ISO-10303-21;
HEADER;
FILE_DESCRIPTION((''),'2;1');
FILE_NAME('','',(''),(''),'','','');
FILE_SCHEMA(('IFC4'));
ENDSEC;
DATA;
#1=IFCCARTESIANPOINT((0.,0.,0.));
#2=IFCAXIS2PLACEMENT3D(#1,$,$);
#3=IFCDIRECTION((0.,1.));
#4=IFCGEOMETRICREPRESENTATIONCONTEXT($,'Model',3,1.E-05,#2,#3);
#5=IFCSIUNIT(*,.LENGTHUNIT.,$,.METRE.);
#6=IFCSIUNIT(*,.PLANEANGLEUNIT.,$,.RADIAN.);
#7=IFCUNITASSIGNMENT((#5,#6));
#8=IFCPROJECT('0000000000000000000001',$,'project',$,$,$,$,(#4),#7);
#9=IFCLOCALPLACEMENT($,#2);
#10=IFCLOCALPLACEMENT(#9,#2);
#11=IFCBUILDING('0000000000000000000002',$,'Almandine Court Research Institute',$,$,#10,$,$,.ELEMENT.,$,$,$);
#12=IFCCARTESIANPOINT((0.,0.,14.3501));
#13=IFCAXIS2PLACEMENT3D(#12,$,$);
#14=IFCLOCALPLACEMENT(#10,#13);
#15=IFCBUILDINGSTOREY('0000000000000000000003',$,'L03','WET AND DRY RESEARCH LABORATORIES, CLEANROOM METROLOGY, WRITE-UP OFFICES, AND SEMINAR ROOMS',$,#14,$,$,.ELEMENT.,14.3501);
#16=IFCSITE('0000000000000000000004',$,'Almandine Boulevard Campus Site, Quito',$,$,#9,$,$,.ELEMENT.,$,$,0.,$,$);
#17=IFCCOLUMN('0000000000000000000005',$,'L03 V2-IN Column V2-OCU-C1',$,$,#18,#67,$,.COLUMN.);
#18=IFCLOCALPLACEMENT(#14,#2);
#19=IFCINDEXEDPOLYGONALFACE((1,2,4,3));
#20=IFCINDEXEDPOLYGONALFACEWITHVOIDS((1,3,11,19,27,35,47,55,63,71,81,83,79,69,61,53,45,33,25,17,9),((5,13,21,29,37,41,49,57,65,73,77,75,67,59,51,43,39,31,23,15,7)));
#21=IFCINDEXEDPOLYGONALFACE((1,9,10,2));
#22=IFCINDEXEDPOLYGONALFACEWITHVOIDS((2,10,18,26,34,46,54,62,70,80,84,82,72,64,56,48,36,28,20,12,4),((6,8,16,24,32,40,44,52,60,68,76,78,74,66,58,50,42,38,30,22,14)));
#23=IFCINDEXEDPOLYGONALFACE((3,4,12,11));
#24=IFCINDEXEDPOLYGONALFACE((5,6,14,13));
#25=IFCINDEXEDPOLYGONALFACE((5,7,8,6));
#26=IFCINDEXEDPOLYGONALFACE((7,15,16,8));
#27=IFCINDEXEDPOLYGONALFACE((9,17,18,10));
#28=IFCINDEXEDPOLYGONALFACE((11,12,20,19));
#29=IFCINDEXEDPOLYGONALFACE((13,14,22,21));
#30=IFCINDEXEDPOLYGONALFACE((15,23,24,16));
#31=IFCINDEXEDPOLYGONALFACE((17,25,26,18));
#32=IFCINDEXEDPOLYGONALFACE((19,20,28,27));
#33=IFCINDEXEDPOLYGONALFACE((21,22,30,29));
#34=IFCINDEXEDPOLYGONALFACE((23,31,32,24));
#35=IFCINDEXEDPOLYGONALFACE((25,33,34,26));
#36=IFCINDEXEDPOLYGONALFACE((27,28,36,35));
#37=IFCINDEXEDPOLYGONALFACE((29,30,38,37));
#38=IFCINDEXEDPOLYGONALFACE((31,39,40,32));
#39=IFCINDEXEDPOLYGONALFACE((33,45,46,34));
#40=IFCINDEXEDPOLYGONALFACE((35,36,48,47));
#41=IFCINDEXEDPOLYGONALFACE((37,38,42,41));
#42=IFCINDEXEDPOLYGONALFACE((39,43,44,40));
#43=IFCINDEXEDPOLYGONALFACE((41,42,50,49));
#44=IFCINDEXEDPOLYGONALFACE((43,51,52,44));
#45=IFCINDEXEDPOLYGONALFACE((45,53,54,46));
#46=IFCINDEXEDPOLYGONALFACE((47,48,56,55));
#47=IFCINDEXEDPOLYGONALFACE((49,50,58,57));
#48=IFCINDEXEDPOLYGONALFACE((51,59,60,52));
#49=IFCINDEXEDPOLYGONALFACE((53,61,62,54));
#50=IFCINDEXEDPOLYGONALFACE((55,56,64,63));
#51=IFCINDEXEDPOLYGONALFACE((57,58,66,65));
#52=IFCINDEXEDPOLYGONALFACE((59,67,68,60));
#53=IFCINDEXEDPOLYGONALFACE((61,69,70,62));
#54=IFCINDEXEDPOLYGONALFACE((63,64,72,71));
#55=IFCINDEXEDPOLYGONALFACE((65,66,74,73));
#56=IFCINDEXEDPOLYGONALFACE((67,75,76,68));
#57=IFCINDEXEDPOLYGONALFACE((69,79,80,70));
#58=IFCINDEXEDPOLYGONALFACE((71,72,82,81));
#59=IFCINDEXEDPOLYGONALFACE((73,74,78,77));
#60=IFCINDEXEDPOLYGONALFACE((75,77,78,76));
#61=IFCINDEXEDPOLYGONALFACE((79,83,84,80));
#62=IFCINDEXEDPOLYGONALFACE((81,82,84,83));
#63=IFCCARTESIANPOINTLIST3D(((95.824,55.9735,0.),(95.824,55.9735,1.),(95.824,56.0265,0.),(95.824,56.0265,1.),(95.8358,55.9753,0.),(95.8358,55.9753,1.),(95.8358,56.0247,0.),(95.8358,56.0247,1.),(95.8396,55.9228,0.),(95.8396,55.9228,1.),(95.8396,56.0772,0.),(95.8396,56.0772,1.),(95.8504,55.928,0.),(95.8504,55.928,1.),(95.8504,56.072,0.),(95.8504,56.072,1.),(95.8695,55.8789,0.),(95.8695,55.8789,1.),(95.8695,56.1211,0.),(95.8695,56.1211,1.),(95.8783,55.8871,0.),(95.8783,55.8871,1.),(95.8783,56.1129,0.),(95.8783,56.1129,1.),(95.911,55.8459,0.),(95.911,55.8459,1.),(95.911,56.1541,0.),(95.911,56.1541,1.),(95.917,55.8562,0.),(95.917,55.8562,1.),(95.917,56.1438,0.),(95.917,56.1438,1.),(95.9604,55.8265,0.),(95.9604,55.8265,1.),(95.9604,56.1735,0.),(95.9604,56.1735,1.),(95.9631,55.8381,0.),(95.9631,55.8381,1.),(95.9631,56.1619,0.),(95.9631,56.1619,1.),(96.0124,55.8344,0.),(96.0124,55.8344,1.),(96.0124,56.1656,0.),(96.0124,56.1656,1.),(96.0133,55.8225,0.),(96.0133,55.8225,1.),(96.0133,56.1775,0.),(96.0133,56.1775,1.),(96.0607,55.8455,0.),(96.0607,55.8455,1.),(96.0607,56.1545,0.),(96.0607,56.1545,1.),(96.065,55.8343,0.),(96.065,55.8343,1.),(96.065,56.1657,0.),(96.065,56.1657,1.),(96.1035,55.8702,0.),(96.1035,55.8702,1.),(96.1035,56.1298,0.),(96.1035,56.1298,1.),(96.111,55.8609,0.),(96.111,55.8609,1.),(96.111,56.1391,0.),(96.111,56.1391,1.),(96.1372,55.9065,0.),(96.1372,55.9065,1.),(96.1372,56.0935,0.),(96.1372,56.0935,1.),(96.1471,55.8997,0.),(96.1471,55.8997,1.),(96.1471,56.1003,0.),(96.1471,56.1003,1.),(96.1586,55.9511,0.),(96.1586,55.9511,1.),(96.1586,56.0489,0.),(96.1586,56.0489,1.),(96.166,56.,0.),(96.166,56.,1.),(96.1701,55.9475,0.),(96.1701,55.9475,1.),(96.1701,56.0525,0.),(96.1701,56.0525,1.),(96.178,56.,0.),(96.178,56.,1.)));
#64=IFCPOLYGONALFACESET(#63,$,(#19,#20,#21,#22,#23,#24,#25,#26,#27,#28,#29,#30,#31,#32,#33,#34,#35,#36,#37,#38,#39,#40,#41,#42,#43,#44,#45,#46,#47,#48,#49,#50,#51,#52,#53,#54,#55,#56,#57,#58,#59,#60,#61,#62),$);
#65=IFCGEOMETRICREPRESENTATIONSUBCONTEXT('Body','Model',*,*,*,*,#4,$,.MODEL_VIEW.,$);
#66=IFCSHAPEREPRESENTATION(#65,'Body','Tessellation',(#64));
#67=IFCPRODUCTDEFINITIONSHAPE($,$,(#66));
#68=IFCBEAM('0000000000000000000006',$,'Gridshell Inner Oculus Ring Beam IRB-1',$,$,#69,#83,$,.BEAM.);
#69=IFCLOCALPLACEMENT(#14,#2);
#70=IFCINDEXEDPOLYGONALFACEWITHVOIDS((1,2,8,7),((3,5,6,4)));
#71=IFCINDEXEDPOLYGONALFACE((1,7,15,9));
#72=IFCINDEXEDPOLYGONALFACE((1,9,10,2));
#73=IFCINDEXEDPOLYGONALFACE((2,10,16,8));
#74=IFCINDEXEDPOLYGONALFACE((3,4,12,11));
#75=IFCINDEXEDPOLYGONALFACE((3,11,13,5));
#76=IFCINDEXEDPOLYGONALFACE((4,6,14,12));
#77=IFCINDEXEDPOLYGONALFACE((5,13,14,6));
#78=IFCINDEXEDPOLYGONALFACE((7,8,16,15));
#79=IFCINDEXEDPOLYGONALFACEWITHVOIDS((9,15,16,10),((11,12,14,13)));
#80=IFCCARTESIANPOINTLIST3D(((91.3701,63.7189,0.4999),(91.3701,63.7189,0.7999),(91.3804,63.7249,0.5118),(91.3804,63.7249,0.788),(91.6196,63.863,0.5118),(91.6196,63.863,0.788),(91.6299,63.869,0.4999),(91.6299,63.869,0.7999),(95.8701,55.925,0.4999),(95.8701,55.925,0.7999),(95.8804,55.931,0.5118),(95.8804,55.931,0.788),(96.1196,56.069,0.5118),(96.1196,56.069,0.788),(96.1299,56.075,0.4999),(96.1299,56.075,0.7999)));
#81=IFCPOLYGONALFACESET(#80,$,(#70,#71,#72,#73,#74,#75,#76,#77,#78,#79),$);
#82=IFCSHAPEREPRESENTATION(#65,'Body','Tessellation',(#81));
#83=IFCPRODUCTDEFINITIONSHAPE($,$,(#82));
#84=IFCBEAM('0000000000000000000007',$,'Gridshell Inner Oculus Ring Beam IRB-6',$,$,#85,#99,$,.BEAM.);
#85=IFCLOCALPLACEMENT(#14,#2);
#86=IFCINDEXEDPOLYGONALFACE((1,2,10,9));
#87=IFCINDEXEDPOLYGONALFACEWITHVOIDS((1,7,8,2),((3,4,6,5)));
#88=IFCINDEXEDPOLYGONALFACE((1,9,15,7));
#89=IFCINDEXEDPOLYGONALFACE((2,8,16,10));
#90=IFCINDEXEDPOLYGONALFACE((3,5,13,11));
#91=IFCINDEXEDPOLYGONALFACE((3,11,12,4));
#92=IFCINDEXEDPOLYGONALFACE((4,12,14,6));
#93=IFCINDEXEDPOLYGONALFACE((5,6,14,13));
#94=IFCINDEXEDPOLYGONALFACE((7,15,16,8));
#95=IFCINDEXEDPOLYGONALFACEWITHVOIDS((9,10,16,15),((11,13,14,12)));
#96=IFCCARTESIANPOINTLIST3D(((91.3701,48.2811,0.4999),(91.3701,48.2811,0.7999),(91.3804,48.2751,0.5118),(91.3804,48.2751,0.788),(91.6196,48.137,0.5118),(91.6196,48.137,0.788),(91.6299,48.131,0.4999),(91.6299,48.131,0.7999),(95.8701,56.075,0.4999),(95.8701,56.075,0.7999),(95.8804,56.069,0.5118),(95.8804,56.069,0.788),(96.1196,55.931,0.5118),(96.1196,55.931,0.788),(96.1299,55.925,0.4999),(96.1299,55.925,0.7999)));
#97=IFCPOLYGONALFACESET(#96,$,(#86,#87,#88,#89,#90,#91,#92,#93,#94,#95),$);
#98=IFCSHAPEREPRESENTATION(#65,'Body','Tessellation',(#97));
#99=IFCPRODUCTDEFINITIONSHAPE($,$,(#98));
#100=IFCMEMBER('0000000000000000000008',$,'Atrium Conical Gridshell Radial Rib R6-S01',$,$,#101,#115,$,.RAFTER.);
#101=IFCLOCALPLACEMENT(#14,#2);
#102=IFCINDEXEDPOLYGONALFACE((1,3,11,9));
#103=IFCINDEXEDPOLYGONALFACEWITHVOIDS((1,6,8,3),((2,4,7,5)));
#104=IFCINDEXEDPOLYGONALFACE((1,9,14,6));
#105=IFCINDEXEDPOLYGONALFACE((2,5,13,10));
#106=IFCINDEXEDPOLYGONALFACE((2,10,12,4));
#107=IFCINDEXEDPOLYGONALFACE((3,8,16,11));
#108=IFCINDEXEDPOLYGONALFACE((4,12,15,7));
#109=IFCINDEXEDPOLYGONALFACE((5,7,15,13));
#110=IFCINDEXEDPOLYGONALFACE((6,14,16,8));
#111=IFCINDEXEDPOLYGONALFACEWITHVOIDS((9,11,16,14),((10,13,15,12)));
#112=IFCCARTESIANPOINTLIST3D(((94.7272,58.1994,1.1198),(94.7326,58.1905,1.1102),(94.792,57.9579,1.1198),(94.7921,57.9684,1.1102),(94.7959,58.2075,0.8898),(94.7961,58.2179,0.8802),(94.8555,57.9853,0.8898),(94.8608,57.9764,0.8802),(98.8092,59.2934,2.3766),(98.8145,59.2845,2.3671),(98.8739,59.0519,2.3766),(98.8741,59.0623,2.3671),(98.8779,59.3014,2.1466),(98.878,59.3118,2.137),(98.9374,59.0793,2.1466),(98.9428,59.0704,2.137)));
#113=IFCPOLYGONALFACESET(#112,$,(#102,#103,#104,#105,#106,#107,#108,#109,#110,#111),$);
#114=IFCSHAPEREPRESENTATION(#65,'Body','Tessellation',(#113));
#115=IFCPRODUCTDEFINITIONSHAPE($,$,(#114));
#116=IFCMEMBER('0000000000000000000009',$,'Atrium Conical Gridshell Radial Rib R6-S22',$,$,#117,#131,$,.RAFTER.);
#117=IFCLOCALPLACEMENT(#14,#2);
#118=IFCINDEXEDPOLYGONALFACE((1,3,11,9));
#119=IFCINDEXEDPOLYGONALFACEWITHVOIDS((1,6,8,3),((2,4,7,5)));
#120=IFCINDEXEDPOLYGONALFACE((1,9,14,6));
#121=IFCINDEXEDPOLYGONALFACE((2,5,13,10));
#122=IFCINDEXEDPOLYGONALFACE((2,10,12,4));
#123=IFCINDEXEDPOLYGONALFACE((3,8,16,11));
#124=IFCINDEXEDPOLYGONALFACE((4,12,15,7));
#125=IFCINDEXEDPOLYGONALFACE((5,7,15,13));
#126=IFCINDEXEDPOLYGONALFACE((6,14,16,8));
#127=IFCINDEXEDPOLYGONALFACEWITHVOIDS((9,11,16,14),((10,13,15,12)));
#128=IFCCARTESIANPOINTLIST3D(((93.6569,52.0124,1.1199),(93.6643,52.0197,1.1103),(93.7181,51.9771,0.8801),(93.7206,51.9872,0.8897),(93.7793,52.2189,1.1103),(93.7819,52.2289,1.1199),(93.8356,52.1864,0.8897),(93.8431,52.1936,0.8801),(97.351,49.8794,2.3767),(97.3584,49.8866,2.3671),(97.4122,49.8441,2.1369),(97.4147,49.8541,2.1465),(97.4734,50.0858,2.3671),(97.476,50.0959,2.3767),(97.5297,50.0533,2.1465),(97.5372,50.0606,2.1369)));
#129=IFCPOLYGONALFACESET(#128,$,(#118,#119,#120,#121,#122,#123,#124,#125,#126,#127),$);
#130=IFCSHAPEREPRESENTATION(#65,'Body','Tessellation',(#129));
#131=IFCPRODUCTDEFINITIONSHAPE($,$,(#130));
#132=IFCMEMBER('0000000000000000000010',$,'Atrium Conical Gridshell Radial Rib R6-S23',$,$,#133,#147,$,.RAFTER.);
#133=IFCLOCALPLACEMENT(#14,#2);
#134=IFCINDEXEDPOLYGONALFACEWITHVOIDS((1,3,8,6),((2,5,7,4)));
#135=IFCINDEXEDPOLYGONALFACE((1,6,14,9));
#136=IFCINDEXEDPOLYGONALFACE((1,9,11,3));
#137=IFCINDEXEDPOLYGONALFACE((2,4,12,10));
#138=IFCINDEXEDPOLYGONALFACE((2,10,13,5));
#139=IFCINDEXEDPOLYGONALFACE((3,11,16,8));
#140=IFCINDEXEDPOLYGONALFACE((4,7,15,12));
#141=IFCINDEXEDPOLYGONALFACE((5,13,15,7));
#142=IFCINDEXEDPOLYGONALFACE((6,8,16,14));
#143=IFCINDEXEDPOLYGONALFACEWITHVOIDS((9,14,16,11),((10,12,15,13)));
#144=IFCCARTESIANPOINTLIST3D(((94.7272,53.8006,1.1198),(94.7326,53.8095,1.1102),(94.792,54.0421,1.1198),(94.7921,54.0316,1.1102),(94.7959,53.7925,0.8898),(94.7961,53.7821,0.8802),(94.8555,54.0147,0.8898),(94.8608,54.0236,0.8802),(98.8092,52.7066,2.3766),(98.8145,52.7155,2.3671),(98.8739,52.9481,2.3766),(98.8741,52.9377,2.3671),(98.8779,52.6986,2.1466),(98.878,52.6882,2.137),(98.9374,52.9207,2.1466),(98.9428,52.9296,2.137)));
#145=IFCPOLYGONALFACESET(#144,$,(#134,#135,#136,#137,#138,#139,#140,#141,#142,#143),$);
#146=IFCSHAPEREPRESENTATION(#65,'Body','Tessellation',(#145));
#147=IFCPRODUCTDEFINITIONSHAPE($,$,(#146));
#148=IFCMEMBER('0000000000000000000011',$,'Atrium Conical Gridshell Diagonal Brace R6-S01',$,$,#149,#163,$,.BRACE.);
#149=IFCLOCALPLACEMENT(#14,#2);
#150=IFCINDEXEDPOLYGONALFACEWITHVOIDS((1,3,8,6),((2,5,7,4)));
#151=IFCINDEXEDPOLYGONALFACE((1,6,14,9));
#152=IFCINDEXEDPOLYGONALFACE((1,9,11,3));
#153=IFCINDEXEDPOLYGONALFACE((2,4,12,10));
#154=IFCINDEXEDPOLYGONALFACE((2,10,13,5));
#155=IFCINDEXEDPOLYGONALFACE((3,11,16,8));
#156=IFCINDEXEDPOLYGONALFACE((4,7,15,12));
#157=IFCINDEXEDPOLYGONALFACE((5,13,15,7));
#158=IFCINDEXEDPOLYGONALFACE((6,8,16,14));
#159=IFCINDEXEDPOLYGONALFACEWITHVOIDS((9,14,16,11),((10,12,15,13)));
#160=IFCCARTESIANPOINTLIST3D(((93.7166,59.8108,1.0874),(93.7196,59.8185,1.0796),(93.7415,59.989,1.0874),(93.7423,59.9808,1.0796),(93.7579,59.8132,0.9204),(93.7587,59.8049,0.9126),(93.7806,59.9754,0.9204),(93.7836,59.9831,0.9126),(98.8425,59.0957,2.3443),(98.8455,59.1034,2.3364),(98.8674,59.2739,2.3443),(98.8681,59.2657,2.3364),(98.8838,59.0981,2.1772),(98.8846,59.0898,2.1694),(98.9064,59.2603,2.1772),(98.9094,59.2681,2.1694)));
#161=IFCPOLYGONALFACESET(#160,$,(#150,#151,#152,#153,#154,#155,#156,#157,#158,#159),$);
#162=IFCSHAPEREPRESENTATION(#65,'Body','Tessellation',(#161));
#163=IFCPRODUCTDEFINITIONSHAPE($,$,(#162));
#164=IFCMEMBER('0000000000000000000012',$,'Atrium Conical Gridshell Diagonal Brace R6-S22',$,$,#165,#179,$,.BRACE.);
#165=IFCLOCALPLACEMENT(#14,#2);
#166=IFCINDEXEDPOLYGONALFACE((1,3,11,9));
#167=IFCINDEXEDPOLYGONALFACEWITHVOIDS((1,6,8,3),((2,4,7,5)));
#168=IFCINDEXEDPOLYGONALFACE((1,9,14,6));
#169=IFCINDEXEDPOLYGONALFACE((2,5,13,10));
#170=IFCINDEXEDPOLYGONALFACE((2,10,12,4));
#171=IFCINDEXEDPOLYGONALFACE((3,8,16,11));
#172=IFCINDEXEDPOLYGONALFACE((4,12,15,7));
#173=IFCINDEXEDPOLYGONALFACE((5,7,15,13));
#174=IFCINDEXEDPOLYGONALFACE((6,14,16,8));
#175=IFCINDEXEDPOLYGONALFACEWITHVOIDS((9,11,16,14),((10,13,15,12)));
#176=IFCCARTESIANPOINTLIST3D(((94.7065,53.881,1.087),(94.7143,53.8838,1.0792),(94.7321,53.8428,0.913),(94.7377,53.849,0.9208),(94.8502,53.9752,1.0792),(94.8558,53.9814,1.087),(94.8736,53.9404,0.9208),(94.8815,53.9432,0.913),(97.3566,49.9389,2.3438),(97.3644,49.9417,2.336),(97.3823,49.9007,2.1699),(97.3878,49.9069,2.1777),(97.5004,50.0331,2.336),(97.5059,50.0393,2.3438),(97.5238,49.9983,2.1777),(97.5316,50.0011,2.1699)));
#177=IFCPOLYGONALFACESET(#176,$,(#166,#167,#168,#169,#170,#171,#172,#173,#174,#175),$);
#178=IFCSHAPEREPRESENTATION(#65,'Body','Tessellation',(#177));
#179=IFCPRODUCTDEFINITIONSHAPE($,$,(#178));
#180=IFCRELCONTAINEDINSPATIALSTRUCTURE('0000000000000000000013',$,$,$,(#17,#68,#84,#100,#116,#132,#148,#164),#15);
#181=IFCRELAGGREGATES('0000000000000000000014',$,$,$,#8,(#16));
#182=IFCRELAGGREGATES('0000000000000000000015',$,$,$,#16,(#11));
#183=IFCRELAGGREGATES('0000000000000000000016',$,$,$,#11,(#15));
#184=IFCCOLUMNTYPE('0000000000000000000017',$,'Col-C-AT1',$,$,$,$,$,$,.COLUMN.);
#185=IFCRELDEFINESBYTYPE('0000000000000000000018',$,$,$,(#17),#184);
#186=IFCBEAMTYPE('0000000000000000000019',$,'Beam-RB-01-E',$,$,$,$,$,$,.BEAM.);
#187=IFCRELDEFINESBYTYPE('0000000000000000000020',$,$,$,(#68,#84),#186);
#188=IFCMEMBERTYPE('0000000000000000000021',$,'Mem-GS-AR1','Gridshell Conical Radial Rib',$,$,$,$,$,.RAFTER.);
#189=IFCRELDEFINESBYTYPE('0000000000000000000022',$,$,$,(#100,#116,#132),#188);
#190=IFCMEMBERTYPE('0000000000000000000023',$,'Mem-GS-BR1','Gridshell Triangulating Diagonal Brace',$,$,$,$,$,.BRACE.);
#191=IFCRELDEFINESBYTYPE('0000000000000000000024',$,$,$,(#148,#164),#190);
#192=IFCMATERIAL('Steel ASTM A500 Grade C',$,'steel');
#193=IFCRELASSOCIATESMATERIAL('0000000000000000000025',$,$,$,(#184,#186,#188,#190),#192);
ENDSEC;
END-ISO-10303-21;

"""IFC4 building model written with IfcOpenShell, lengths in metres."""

from ifc_helpers import new_model, si_unit, direction, frame, origin, origin_2d, place, context, subcontext, project, spatial, hollow_rectangle, hollow_circle, extrude, material, material_profile, profile_set, type_object, element, save


model = new_model("IFC4")

# Units and contexts
model_context = context("Model", 3, precision=1e-05, world=origin(), true_north=direction((0.0, 1.0)))
body_context = subcontext(model_context, "Body", "Model", "MODEL_VIEW")
ifc_project = project(units=[si_unit("LENGTHUNIT", "METRE"), si_unit("PLANEANGLEUNIT", "RADIAN")], contexts=[model_context])

# Site, building, storey
site_placement = place(None, origin())
site = spatial("IfcSite", under=ifc_project, at=site_placement, Name="Almandine Boulevard Campus Site, Quito", CompositionType="ELEMENT", RefElevation=0.0)
building_placement = place(site_placement, origin())
building = spatial("IfcBuilding", under=site, at=building_placement, Name="Almandine Court Research Institute", CompositionType="ELEMENT")
storey_placement = place(building_placement, frame((0.0, 0.0, 14.3501)))
storey = spatial("IfcBuildingStorey", under=building, at=storey_placement, Name="L03", Description="WET AND DRY RESEARCH LABORATORIES, CLEANROOM METROLOGY, WRITE-UP OFFICES, AND SEMINAR ROOMS", CompositionType="ELEMENT", Elevation=14.3501)

# Column
ifc_material_1 = material(Name="Steel ASTM A500 Grade C", Category="steel")
ifc_material_profile_1 = material_profile(ifc_material_1, hollow_circle(Radius=0.178, WallThickness=0.012, at=origin_2d()), Name="CHS 356x12")
ifc_profile_set_1 = profile_set([ifc_material_profile_1], Name="Steel ASTM A500 Grade C")
column_type = type_object("IfcColumnType", Name="Col-C-AT1", PredefinedType="COLUMN", material=ifc_profile_set_1)
column_placement = place(storey_placement, frame((96.0, 56.0, 0.0), z_axis=(0.0, 0.0, 1.0), x_axis=(1.0, 0.0, 0.0)))
element("IfcColumn", 1, at=column_placement, inside=storey, type_object=column_type, Name="L03 V2-IN Column V2-OCU-C1", PredefinedType="COLUMN", context=body_context, shape_type="SweptSolid", body=[
    extrude(hollow_circle(Radius=0.178, WallThickness=0.012, at=origin_2d()), origin(), (0.0, 0.0, 1.0), 1.0),
])

# Beams
ifc_material_profile_2 = material_profile(ifc_material_1, hollow_rectangle(XDim=0.3, YDim=0.3, WallThickness=0.012, at=origin_2d()), Name="HSS 300x300x12")
ifc_profile_set_2 = profile_set([ifc_material_profile_2], Name="Steel ASTM A500 Grade C")
beam_type = type_object("IfcBeamType", Name="Beam-RB-01-E", PredefinedType="BEAM", material=ifc_profile_set_2)
for number, where, z_axis, x_axis, name in (
    (2, (96.0, 56.0, 0.6499), (-0.500014, 0.866018, 0.0), (-0.866018, -0.500014, 0.0), "Gridshell Inner Oculus Ring Beam IRB-1"),
    (3, (91.5, 48.2061, 0.6499), (0.500014, 0.866018, 0.0), (-0.866018, 0.500014, 0.0), "Gridshell Inner Oculus Ring Beam IRB-6"),
):
    element("IfcBeam", number, at=place(storey_placement, frame(where, z_axis=z_axis, x_axis=x_axis)), inside=storey, type_object=beam_type, Name=name, PredefinedType="BEAM", context=body_context, shape_type="SweptSolid", body=[
        extrude(hollow_rectangle(XDim=0.3, YDim=0.3, WallThickness=0.012, at=origin_2d()), origin(), (0.0, 0.0, 1.0), 8.9998),
    ])

# Members
ifc_material_profile_3 = material_profile(ifc_material_1, hollow_rectangle(XDim=0.25, YDim=0.25, WallThickness=0.01, at=origin_2d()), Name="HSS 250x250x10")
ifc_profile_set_3 = profile_set([ifc_material_profile_3], Name="Steel ASTM A500 Grade C")
member_type_1 = type_object("IfcMemberType", Name="Mem-GS-AR1", Description="Gridshell Conical Radial Rib", PredefinedType="RAFTER", material=ifc_profile_set_3)
member_1_placement = place(storey_placement, frame((98.876, 59.1819, 2.2568), z_axis=(-0.925837, -0.248126, -0.28506), x_axis=(0.258867, -0.965913, 0.0)))
element("IfcMember", 4, at=member_1_placement, inside=storey, type_object=member_type_1, Name="Atrium Conical Gridshell Radial Rib R6-S01", PredefinedType="RAFTER", context=body_context, shape_type="SweptSolid", body=[
    extrude(hollow_rectangle(XDim=0.25, YDim=0.25, WallThickness=0.01, at=origin_2d()), origin(), (0.0, 0.0, 1.0), 4.4089),
])
member_2_placement = place(storey_placement, frame((97.4441, 49.97, 2.2568), z_axis=(-0.830691, 0.479661, -0.282625), x_axis=(-0.500048, -0.865998, 0.0)))
element("IfcMember", 5, at=member_2_placement, inside=storey, type_object=member_type_1, Name="Atrium Conical Gridshell Radial Rib R6-S22", PredefinedType="RAFTER", context=body_context, shape_type="SweptSolid", body=[
    extrude(hollow_rectangle(XDim=0.25, YDim=0.25, WallThickness=0.01, at=origin_2d()), origin(), (0.0, 0.0, 1.0), 4.447),
])
member_3_placement = place(storey_placement, frame((98.876, 52.8181, 2.2568), z_axis=(-0.925837, 0.248126, -0.28506), x_axis=(-0.258867, -0.965913, 0.0)))
element("IfcMember", 6, at=member_3_placement, inside=storey, type_object=member_type_1, Name="Atrium Conical Gridshell Radial Rib R6-S23", PredefinedType="RAFTER", context=body_context, shape_type="SweptSolid", body=[
    extrude(hollow_rectangle(XDim=0.25, YDim=0.25, WallThickness=0.01, at=origin_2d()), origin(), (0.0, 0.0, 1.0), 4.4089),
])
ifc_material_profile_4 = material_profile(ifc_material_1, hollow_rectangle(XDim=0.1799, YDim=0.1799, WallThickness=0.0081, at=origin_2d()), Name="HSS 180x180x8")
ifc_profile_set_4 = profile_set([ifc_material_profile_4], Name="Steel ASTM A500 Grade C")
member_type_2 = type_object("IfcMemberType", Name="Mem-GS-BR1", Description="Gridshell Triangulating Diagonal Brace", PredefinedType="BRACE", material=ifc_profile_set_4)
member_4_placement = place(storey_placement, frame((98.876, 59.1819, 2.2568), z_axis=(-0.962438, 0.134263, -0.23598), x_axis=(-0.138165, -0.990409, 0.0)))
element("IfcMember", 7, at=member_4_placement, inside=storey, type_object=member_type_2, Name="Atrium Conical Gridshell Diagonal Brace R6-S01", PredefinedType="BRACE", context=body_context, shape_type="SweptSolid", body=[
    extrude(hollow_rectangle(XDim=0.1799, YDim=0.1799, WallThickness=0.0081, at=origin_2d()), origin(), (0.0, 0.0, 1.0), 5.3259),
])
member_5_placement = place(storey_placement, frame((97.4441, 49.97, 2.2568), z_axis=(-0.53935, 0.802293, -0.255788), x_axis=(-0.829901, -0.55791, 0.0)))
element("IfcMember", 8, at=member_5_placement, inside=storey, type_object=member_type_2, Name="Atrium Conical Gridshell Diagonal Brace R6-S22", PredefinedType="BRACE", context=body_context, shape_type="SweptSolid", body=[
    extrude(hollow_rectangle(XDim=0.1799, YDim=0.1799, WallThickness=0.0081, at=origin_2d()), origin(), (0.0, 0.0, 1.0), 4.9136),
])

save(model, "model.ifc")
